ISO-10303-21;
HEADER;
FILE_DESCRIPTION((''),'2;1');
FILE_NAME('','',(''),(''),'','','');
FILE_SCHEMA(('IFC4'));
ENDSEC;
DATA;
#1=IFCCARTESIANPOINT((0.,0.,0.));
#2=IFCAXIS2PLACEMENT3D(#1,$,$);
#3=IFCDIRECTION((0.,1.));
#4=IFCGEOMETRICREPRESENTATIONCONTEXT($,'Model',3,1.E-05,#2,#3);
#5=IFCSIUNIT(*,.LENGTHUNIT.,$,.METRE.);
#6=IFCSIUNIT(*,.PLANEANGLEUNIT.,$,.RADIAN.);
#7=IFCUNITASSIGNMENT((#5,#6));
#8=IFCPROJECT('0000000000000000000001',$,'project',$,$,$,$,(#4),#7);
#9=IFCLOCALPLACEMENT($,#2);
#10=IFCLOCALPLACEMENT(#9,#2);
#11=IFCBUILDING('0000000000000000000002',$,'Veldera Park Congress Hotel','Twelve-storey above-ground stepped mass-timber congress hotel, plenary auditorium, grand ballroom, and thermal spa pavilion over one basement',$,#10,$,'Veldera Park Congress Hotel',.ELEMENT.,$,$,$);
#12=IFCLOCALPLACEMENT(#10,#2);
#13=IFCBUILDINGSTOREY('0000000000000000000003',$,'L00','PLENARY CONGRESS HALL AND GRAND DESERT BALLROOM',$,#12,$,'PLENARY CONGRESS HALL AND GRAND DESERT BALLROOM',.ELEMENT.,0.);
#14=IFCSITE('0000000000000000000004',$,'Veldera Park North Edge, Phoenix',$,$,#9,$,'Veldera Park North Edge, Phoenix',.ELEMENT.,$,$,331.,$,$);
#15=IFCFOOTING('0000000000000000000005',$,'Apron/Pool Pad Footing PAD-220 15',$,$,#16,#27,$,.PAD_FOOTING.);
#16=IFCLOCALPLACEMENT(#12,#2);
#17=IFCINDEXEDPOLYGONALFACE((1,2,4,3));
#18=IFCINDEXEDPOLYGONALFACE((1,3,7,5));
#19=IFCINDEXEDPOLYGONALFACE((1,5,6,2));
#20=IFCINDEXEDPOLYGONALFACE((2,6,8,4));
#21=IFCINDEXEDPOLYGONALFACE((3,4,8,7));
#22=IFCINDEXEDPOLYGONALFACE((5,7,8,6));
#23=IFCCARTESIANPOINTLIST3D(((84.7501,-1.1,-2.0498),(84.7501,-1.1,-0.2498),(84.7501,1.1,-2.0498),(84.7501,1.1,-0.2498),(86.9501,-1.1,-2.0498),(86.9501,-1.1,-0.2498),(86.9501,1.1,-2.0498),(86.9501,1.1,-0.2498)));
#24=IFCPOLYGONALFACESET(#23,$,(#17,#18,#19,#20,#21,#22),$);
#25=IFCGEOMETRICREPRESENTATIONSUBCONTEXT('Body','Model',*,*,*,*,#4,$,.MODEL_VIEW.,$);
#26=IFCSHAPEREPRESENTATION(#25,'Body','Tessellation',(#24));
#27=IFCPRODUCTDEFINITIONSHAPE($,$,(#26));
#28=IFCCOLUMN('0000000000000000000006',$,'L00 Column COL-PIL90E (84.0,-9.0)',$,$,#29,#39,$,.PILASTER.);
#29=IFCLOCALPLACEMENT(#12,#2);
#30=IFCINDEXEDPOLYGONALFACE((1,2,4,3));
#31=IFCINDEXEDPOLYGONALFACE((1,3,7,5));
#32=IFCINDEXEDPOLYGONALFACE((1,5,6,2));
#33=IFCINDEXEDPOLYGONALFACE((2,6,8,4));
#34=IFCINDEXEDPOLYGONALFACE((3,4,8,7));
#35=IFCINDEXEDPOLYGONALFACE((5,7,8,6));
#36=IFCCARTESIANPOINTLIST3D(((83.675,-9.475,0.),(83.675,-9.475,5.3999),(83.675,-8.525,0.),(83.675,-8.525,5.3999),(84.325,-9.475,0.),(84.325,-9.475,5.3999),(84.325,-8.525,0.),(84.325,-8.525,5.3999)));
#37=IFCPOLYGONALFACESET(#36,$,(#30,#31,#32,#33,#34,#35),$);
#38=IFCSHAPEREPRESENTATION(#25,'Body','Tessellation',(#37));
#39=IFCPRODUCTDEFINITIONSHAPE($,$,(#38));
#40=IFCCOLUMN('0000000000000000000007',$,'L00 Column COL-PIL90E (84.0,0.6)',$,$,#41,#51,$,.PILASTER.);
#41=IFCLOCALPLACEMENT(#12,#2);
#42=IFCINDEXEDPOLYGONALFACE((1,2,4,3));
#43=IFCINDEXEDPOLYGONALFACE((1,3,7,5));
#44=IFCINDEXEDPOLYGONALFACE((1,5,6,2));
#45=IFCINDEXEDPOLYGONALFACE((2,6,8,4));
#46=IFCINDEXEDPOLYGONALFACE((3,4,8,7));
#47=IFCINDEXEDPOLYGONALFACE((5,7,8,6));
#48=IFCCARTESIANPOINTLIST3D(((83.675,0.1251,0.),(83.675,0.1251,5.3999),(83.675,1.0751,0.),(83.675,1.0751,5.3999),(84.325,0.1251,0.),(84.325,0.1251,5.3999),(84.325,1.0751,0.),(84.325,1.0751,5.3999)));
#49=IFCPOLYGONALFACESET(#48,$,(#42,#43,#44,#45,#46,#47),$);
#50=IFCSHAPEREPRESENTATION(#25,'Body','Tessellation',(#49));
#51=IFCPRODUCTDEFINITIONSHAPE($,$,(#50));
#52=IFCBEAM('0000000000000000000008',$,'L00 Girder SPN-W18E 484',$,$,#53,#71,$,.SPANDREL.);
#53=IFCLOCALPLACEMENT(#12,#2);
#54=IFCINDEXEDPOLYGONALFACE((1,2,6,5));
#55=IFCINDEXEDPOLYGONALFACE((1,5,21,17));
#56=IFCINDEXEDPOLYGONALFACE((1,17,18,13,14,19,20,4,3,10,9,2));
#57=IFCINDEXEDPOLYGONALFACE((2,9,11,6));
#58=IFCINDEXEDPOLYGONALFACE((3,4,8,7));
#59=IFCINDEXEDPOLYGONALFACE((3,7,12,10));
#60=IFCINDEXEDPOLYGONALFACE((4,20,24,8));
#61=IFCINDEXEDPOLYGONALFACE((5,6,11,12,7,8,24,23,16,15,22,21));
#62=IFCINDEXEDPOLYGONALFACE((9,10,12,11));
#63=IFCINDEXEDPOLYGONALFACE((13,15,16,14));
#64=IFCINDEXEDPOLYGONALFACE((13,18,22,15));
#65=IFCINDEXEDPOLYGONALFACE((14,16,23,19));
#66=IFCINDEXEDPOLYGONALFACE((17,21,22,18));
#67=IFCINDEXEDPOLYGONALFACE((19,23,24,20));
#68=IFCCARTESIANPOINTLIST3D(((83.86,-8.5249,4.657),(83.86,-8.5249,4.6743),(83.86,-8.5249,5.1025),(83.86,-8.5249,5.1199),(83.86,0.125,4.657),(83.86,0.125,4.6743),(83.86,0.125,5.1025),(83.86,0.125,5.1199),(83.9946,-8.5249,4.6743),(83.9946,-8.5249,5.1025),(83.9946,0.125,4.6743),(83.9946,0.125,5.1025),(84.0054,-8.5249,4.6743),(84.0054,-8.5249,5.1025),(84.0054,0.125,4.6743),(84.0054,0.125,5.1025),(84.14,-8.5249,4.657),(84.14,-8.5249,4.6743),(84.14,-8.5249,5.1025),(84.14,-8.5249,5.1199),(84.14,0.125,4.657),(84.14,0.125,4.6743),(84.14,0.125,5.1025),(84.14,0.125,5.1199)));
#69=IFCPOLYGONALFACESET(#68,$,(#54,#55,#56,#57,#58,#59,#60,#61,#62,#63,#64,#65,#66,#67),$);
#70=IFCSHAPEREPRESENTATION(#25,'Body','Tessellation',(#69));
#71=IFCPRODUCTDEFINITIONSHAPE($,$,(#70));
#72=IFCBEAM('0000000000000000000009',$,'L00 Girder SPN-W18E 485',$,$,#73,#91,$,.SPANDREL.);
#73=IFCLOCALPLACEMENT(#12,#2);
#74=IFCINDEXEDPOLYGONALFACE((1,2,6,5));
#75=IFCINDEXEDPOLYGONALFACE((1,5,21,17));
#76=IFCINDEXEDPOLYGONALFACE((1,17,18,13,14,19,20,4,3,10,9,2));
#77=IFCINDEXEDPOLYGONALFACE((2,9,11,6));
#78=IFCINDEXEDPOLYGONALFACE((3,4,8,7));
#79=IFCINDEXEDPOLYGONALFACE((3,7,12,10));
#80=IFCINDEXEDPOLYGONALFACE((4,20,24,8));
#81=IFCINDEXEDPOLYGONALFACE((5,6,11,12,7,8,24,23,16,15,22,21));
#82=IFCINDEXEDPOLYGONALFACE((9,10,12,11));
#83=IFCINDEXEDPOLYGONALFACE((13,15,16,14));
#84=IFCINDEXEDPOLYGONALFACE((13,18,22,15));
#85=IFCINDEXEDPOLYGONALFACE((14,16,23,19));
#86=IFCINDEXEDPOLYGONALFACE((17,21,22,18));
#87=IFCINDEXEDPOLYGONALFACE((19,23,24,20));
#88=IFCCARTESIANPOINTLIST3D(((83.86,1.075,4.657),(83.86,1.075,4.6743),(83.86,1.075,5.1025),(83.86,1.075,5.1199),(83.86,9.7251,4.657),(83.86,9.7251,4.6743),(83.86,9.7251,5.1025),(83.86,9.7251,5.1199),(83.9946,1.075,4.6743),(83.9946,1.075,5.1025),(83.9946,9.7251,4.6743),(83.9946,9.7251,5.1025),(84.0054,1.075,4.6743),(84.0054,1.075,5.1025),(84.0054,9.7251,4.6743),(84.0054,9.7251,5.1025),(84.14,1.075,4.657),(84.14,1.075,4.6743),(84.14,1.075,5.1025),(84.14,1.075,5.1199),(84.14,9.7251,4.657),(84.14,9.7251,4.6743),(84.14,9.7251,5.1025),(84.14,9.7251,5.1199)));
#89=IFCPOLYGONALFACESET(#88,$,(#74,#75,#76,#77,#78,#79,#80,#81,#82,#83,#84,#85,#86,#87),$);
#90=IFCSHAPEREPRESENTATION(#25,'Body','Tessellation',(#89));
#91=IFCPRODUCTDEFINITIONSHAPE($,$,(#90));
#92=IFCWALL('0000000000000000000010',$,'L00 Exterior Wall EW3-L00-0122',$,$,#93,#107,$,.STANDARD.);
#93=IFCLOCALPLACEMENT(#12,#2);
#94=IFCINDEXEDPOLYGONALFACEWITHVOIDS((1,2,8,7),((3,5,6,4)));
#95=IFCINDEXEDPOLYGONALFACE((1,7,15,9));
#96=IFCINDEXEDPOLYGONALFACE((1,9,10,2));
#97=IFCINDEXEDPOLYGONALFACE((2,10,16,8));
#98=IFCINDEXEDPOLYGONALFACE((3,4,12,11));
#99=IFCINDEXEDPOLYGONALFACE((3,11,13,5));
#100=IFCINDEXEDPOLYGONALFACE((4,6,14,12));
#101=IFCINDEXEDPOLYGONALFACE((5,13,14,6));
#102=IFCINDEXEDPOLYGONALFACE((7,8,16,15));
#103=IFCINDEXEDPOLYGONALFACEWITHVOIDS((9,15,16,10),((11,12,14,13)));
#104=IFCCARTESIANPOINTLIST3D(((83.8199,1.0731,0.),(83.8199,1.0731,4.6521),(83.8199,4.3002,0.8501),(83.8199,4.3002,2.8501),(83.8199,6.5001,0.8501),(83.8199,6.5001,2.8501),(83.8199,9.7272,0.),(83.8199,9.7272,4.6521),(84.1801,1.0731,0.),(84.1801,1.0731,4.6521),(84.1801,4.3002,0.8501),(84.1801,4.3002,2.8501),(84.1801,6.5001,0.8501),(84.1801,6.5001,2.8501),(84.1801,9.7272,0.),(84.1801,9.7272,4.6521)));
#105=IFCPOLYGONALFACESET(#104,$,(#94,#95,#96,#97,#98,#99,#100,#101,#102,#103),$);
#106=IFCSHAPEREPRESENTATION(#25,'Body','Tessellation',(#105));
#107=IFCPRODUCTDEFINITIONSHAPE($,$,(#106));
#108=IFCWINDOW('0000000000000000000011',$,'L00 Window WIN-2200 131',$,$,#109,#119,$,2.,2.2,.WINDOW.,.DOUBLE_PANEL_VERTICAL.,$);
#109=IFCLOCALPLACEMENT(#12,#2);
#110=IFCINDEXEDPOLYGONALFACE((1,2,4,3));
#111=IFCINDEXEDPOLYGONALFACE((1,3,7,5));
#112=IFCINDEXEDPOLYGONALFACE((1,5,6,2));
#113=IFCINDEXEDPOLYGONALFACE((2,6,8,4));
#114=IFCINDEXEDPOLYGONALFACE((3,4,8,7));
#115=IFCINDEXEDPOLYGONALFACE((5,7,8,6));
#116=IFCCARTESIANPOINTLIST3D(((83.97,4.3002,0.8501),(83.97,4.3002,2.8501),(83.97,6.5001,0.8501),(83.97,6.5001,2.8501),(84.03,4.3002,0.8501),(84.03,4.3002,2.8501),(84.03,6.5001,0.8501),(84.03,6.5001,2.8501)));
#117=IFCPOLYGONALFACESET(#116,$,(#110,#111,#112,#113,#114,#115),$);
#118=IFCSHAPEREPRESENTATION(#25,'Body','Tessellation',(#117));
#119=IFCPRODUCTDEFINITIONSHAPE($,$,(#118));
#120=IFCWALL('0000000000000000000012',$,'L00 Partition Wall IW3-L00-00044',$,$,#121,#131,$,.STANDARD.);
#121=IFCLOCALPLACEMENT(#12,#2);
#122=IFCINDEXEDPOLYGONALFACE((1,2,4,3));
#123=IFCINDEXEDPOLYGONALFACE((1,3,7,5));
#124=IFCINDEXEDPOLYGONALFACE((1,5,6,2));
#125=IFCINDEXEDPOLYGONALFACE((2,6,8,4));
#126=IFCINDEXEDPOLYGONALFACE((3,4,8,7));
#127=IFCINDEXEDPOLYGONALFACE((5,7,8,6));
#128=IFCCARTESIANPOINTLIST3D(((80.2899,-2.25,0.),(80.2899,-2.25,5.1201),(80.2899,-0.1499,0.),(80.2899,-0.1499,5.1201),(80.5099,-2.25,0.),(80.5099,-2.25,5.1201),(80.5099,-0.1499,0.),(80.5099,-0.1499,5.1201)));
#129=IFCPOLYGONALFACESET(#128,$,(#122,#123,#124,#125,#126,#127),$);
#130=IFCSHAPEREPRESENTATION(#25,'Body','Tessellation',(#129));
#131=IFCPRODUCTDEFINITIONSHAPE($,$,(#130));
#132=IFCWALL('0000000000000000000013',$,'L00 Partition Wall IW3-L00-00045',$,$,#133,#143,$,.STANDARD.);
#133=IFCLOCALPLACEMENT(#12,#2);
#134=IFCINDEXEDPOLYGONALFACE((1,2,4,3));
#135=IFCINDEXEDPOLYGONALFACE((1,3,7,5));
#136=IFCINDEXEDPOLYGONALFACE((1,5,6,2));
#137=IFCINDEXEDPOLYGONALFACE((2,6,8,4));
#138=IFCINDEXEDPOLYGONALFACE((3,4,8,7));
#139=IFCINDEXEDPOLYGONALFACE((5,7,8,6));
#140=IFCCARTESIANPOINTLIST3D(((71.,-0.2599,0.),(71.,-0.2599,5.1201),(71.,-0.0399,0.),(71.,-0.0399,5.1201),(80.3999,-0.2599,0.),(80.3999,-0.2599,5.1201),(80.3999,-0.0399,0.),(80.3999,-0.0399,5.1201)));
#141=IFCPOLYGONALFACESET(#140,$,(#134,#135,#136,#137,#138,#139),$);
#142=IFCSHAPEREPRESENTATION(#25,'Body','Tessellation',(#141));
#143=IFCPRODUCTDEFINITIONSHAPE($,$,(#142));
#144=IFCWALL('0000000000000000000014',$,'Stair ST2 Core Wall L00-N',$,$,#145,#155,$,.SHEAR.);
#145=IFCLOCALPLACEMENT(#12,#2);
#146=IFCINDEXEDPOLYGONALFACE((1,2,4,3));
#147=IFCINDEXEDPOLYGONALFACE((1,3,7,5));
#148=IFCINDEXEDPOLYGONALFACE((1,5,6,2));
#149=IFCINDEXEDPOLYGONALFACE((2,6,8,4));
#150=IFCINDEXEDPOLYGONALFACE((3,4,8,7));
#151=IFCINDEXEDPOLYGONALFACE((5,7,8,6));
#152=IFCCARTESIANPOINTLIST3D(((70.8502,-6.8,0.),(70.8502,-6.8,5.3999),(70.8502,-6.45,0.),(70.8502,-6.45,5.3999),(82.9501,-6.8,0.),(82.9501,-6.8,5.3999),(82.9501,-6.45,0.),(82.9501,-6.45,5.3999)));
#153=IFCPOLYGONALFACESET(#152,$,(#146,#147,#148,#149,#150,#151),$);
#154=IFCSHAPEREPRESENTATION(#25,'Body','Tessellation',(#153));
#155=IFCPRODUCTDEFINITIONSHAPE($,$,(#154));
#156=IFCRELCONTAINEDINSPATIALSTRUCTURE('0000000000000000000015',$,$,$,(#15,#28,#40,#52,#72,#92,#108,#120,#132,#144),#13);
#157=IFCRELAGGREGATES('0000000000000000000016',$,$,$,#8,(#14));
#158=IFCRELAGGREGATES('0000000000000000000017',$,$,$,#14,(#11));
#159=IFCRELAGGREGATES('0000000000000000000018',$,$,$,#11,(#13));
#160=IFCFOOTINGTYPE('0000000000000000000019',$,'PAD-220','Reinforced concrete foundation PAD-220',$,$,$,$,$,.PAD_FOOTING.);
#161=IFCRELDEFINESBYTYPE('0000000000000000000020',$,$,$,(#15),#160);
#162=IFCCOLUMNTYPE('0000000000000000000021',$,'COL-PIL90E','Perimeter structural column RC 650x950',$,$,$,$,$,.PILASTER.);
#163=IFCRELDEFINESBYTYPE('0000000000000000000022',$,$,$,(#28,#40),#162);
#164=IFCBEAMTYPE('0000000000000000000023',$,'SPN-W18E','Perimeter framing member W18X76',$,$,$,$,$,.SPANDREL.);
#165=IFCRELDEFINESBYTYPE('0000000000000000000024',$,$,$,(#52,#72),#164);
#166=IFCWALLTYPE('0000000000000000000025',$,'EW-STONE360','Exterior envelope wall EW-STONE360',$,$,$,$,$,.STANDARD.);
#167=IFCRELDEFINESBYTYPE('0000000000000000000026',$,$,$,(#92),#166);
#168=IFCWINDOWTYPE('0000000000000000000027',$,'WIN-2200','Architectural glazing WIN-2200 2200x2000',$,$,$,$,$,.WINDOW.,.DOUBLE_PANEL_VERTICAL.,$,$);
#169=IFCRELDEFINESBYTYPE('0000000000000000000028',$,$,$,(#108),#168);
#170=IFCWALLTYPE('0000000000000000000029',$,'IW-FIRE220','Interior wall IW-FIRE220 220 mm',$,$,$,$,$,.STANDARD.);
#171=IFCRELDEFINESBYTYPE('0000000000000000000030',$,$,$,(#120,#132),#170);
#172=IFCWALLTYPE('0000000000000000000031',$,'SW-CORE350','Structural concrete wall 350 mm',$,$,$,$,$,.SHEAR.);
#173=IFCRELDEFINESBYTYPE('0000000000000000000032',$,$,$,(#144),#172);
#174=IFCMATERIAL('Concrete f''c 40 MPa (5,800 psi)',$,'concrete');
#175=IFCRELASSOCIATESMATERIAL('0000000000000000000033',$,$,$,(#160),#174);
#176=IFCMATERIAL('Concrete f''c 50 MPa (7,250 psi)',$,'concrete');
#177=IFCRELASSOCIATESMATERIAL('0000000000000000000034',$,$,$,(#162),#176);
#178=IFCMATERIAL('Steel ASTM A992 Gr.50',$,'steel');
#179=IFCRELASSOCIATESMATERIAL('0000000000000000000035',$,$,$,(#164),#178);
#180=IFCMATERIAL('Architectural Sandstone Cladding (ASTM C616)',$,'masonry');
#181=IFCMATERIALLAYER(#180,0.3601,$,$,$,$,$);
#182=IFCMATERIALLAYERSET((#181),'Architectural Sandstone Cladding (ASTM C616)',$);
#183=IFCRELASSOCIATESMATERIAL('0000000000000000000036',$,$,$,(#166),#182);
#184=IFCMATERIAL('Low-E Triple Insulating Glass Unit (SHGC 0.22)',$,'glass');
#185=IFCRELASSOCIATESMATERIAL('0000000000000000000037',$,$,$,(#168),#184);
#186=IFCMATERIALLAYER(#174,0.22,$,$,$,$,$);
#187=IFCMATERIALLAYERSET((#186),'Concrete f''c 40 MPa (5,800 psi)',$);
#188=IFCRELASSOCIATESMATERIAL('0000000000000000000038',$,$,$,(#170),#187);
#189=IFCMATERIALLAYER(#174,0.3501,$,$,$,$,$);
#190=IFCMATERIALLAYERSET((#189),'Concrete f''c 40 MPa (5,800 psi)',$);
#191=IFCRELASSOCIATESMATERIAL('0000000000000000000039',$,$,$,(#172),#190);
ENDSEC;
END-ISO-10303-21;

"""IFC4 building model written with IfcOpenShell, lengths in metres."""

from ifc_helpers import new_model, si_unit, direction, frame, frame_2d, origin, origin_2d, place, context, subcontext, project, spatial, rectangle, i_section, extrude, material, layer, layer_set, material_profile, profile_set, type_object, element, fill, save


model = new_model("IFC4")

# Units and contexts
model_context = context("Model", 3, precision=1e-05, world=origin(), true_north=direction((0.0, 1.0)))
body_context = subcontext(model_context, "Body", "Model", "MODEL_VIEW")
ifc_project = project(units=[si_unit("LENGTHUNIT", "METRE"), si_unit("PLANEANGLEUNIT", "RADIAN")], contexts=[model_context])

# Site, building, storey
site_placement = place(None, origin())
site = spatial("IfcSite", under=ifc_project, at=site_placement, Name="Veldera Park North Edge, Phoenix", LongName="Veldera Park North Edge, Phoenix", CompositionType="ELEMENT", RefElevation=331.0)
building_placement = place(site_placement, origin())
building = spatial("IfcBuilding", under=site, at=building_placement, Name="Veldera Park Congress Hotel", Description="Twelve-storey above-ground stepped mass-timber congress hotel, plenary auditorium, grand ballroom, and thermal spa pavilion over one basement", LongName="Veldera Park Congress Hotel", CompositionType="ELEMENT")
storey_placement = place(building_placement, origin())
storey = spatial("IfcBuildingStorey", under=building, at=storey_placement, Name="L00", Description="PLENARY CONGRESS HALL AND GRAND DESERT BALLROOM", LongName="PLENARY CONGRESS HALL AND GRAND DESERT BALLROOM", CompositionType="ELEMENT", Elevation=0.0)

# Footing
ifc_material_1 = material(Name="Concrete f'c 40 MPa (5,800 psi)", Category="concrete")
footing_type = type_object("IfcFootingType", Name="PAD-220", Description="Reinforced concrete foundation PAD-220", PredefinedType="PAD_FOOTING", material=ifc_material_1)
footing_placement = place(storey_placement, frame((85.8501, 0.0, -2.0498), z_axis=(0.0, 0.0, 1.0), x_axis=(1.0, 0.0, 0.0)))
element("IfcFooting", 1, at=footing_placement, inside=storey, type_object=footing_type, Name="Apron/Pool Pad Footing PAD-220 15", PredefinedType="PAD_FOOTING", context=body_context, shape_type="SweptSolid", body=[
    extrude(rectangle(XDim=2.2, YDim=2.2, at=origin_2d()), origin(), (0.0, 0.0, 1.0), 1.8),
])

# Columns
ifc_material_2 = material(Name="Concrete f'c 50 MPa (7,250 psi)", Category="concrete")
ifc_material_profile_1 = material_profile(ifc_material_2, rectangle(XDim=0.6499, YDim=0.95, at=origin_2d()), Name="RC 650x950")
ifc_profile_set_1 = profile_set([ifc_material_profile_1], Name="Concrete f'c 50 MPa (7,250 psi)")
column_type = type_object("IfcColumnType", Name="COL-PIL90E", Description="Perimeter structural column RC 650x950", PredefinedType="PILASTER", material=ifc_profile_set_1)
for number, where, z_axis, x_axis, name in (
    (2, (84.0, -9.0, 0.0), (0.0, 0.0, 1.0), (1.0, 0.0, 0.0), "L00 Column COL-PIL90E (84.0,-9.0)"),
    (3, (84.0, 0.6001, 0.0), (0.0, 0.0, 1.0), (1.0, 0.0, 0.0), "L00 Column COL-PIL90E (84.0,0.6)"),
):
    element("IfcColumn", number, at=place(storey_placement, frame(where, z_axis=z_axis, x_axis=x_axis)), inside=storey, type_object=column_type, Name=name, PredefinedType="PILASTER", context=body_context, shape_type="SweptSolid", body=[
        extrude(rectangle(XDim=0.6499, YDim=0.95, at=origin_2d()), origin(), (0.0, 0.0, 1.0), 5.3999),
    ])

# Beams
ifc_material_3 = material(Name="Steel ASTM A992 Gr.50", Category="steel")
ifc_material_profile_2 = material_profile(ifc_material_3, i_section(OverallWidth=0.28, OverallDepth=0.4629, WebThickness=0.0107, FlangeThickness=0.0173, at=origin_2d()), Name="W18X76")
ifc_profile_set_2 = profile_set([ifc_material_profile_2], Name="Steel ASTM A992 Gr.50")
beam_type = type_object("IfcBeamType", Name="SPN-W18E", Description="Perimeter framing member W18X76", PredefinedType="SPANDREL", material=ifc_profile_set_2)
beam_1_placement = place(storey_placement, frame((84.0, -8.5249, 4.8884), z_axis=(0.0, 1.0, 0.0), x_axis=(-1.0, 0.0, 0.0)))
element("IfcBeam", 4, at=beam_1_placement, inside=storey, type_object=beam_type, Name="L00 Girder SPN-W18E 484", PredefinedType="SPANDREL", context=body_context, shape_type="SweptSolid", body=[
    extrude(i_section(OverallWidth=0.28, OverallDepth=0.4629, WebThickness=0.0107, FlangeThickness=0.0173, at=origin_2d()), origin(), (0.0, 0.0, 1.0), 8.6499),
])
beam_2_placement = place(storey_placement, frame((84.0, 1.075, 4.8884), z_axis=(0.0, 1.0, 0.0), x_axis=(-1.0, 0.0, 0.0)))
element("IfcBeam", 5, at=beam_2_placement, inside=storey, type_object=beam_type, Name="L00 Girder SPN-W18E 485", PredefinedType="SPANDREL", context=body_context, shape_type="SweptSolid", body=[
    extrude(i_section(OverallWidth=0.28, OverallDepth=0.4629, WebThickness=0.0107, FlangeThickness=0.0173, at=origin_2d()), origin(), (0.0, 0.0, 1.0), 8.6501),
])

# Shared definitions
ifc_material_4 = material(Name="Architectural Sandstone Cladding (ASTM C616)", Category="masonry")
ifc_layer_1 = layer(ifc_material_4, 0.3601)
ifc_layer_set_1 = layer_set([ifc_layer_1], Name="Architectural Sandstone Cladding (ASTM C616)")
wall_type_1 = type_object("IfcWallType", Name="EW-STONE360", Description="Exterior envelope wall EW-STONE360", PredefinedType="STANDARD", material=ifc_layer_set_1)

# Wall, opening, window
wall_1_placement = place(storey_placement, frame((84.0, 1.073, 0.0), z_axis=(0.0, 0.0, 1.0), x_axis=(0.0, 1.0, 0.0)))
wall_1 = element("IfcWall", 6, at=wall_1_placement, inside=storey, type_object=wall_type_1, Name="L00 Exterior Wall EW3-L00-0122", PredefinedType="STANDARD", context=body_context, shape_type="SweptSolid", body=[
    extrude(rectangle(XDim=8.6541, YDim=0.3601, at=frame_2d((4.3271, 0.0))), origin(), (0.0, 0.0, 1.0), 4.6521),
])
opening_1_placement = place(wall_1_placement, frame((3.2271, 0.0, 0.8501)))
opening_1 = element("IfcOpeningElement", 7, at=opening_1_placement, cuts=wall_1, PredefinedType="OPENING", context=body_context, shape_type="SweptSolid", body=[
    extrude(rectangle(XDim=2.2, YDim=2.0, at=frame_2d((1.1001, 1.0))), frame((0.0, 0.1921, 0.0), z_axis=(0.0, -1.0, 0.0), x_axis=(1.0, 0.0, 0.0)), (0.0, 0.0, 1.0), 0.384),
])
ifc_material_5 = material(Name="Low-E Triple Insulating Glass Unit (SHGC 0.22)", Category="glass")
window_type = type_object("IfcWindowType", Name="WIN-2200", Description="Architectural glazing WIN-2200 2200x2000", PartitioningType="DOUBLE_PANEL_VERTICAL", PredefinedType="WINDOW", material=ifc_material_5)
window_placement = place(opening_1_placement, origin())
window = element("IfcWindow", 8, at=window_placement, inside=storey, type_object=window_type, Name="L00 Window WIN-2200 131", OverallHeight=2.0, OverallWidth=2.2, PartitioningType="DOUBLE_PANEL_VERTICAL", PredefinedType="WINDOW", context=body_context, shape_type="SweptSolid", body=[
    extrude(rectangle(XDim=2.2, YDim=2.0, at=frame_2d((1.1001, 1.0))), frame((0.0, 0.03, 0.0), z_axis=(0.0, -1.0, 0.0), x_axis=(1.0, 0.0, 0.0)), (0.0, 0.0, 1.0), 0.0601),
])
fill(opening_1, window)

# Walls
ifc_layer_2 = layer(ifc_material_1, 0.22)
ifc_layer_set_2 = layer_set([ifc_layer_2], Name="Concrete f'c 40 MPa (5,800 psi)")
wall_type_2 = type_object("IfcWallType", Name="IW-FIRE220", Description="Interior wall IW-FIRE220 220 mm", PredefinedType="STANDARD", material=ifc_layer_set_2)
wall_2_placement = place(storey_placement, frame((80.3999, -2.25, 0.0), z_axis=(0.0, 0.0, 1.0), x_axis=(0.0, 1.0, 0.0)))
element("IfcWall", 9, at=wall_2_placement, inside=storey, type_object=wall_type_2, Name="L00 Partition Wall IW3-L00-00044", PredefinedType="STANDARD", context=body_context, shape_type="SweptSolid", body=[
    extrude(rectangle(XDim=2.1001, YDim=0.22, at=frame_2d((1.05, 0.0))), origin(), (0.0, 0.0, 1.0), 5.1201),
])
wall_3_placement = place(storey_placement, frame((80.3999, -0.1499, 0.0), z_axis=(0.0, 0.0, 1.0), x_axis=(-1.0, 0.0, 0.0)))
element("IfcWall", 10, at=wall_3_placement, inside=storey, type_object=wall_type_2, Name="L00 Partition Wall IW3-L00-00045", PredefinedType="STANDARD", context=body_context, shape_type="SweptSolid", body=[
    extrude(rectangle(XDim=9.3999, YDim=0.22, at=frame_2d((4.7, 0.0))), origin(), (0.0, 0.0, 1.0), 5.1201),
])
ifc_layer_3 = layer(ifc_material_1, 0.3501)
ifc_layer_set_3 = layer_set([ifc_layer_3], Name="Concrete f'c 40 MPa (5,800 psi)")
wall_type_3 = type_object("IfcWallType", Name="SW-CORE350", Description="Structural concrete wall 350 mm", PredefinedType="SHEAR", material=ifc_layer_set_3)
wall_4_placement = place(storey_placement, frame((82.95, -6.625, 0.0), z_axis=(0.0, 0.0, 1.0), x_axis=(-1.0, 0.0, 0.0)))
element("IfcWall", 11, at=wall_4_placement, inside=storey, type_object=wall_type_3, Name="Stair ST2 Core Wall L00-N", PredefinedType="SHEAR", context=body_context, shape_type="SweptSolid", body=[
    extrude(rectangle(XDim=12.0999, YDim=0.3501, at=frame_2d((6.0498, 0.0))), origin(), (0.0, 0.0, 1.0), 5.3999),
])

save(model, "model.ifc")
